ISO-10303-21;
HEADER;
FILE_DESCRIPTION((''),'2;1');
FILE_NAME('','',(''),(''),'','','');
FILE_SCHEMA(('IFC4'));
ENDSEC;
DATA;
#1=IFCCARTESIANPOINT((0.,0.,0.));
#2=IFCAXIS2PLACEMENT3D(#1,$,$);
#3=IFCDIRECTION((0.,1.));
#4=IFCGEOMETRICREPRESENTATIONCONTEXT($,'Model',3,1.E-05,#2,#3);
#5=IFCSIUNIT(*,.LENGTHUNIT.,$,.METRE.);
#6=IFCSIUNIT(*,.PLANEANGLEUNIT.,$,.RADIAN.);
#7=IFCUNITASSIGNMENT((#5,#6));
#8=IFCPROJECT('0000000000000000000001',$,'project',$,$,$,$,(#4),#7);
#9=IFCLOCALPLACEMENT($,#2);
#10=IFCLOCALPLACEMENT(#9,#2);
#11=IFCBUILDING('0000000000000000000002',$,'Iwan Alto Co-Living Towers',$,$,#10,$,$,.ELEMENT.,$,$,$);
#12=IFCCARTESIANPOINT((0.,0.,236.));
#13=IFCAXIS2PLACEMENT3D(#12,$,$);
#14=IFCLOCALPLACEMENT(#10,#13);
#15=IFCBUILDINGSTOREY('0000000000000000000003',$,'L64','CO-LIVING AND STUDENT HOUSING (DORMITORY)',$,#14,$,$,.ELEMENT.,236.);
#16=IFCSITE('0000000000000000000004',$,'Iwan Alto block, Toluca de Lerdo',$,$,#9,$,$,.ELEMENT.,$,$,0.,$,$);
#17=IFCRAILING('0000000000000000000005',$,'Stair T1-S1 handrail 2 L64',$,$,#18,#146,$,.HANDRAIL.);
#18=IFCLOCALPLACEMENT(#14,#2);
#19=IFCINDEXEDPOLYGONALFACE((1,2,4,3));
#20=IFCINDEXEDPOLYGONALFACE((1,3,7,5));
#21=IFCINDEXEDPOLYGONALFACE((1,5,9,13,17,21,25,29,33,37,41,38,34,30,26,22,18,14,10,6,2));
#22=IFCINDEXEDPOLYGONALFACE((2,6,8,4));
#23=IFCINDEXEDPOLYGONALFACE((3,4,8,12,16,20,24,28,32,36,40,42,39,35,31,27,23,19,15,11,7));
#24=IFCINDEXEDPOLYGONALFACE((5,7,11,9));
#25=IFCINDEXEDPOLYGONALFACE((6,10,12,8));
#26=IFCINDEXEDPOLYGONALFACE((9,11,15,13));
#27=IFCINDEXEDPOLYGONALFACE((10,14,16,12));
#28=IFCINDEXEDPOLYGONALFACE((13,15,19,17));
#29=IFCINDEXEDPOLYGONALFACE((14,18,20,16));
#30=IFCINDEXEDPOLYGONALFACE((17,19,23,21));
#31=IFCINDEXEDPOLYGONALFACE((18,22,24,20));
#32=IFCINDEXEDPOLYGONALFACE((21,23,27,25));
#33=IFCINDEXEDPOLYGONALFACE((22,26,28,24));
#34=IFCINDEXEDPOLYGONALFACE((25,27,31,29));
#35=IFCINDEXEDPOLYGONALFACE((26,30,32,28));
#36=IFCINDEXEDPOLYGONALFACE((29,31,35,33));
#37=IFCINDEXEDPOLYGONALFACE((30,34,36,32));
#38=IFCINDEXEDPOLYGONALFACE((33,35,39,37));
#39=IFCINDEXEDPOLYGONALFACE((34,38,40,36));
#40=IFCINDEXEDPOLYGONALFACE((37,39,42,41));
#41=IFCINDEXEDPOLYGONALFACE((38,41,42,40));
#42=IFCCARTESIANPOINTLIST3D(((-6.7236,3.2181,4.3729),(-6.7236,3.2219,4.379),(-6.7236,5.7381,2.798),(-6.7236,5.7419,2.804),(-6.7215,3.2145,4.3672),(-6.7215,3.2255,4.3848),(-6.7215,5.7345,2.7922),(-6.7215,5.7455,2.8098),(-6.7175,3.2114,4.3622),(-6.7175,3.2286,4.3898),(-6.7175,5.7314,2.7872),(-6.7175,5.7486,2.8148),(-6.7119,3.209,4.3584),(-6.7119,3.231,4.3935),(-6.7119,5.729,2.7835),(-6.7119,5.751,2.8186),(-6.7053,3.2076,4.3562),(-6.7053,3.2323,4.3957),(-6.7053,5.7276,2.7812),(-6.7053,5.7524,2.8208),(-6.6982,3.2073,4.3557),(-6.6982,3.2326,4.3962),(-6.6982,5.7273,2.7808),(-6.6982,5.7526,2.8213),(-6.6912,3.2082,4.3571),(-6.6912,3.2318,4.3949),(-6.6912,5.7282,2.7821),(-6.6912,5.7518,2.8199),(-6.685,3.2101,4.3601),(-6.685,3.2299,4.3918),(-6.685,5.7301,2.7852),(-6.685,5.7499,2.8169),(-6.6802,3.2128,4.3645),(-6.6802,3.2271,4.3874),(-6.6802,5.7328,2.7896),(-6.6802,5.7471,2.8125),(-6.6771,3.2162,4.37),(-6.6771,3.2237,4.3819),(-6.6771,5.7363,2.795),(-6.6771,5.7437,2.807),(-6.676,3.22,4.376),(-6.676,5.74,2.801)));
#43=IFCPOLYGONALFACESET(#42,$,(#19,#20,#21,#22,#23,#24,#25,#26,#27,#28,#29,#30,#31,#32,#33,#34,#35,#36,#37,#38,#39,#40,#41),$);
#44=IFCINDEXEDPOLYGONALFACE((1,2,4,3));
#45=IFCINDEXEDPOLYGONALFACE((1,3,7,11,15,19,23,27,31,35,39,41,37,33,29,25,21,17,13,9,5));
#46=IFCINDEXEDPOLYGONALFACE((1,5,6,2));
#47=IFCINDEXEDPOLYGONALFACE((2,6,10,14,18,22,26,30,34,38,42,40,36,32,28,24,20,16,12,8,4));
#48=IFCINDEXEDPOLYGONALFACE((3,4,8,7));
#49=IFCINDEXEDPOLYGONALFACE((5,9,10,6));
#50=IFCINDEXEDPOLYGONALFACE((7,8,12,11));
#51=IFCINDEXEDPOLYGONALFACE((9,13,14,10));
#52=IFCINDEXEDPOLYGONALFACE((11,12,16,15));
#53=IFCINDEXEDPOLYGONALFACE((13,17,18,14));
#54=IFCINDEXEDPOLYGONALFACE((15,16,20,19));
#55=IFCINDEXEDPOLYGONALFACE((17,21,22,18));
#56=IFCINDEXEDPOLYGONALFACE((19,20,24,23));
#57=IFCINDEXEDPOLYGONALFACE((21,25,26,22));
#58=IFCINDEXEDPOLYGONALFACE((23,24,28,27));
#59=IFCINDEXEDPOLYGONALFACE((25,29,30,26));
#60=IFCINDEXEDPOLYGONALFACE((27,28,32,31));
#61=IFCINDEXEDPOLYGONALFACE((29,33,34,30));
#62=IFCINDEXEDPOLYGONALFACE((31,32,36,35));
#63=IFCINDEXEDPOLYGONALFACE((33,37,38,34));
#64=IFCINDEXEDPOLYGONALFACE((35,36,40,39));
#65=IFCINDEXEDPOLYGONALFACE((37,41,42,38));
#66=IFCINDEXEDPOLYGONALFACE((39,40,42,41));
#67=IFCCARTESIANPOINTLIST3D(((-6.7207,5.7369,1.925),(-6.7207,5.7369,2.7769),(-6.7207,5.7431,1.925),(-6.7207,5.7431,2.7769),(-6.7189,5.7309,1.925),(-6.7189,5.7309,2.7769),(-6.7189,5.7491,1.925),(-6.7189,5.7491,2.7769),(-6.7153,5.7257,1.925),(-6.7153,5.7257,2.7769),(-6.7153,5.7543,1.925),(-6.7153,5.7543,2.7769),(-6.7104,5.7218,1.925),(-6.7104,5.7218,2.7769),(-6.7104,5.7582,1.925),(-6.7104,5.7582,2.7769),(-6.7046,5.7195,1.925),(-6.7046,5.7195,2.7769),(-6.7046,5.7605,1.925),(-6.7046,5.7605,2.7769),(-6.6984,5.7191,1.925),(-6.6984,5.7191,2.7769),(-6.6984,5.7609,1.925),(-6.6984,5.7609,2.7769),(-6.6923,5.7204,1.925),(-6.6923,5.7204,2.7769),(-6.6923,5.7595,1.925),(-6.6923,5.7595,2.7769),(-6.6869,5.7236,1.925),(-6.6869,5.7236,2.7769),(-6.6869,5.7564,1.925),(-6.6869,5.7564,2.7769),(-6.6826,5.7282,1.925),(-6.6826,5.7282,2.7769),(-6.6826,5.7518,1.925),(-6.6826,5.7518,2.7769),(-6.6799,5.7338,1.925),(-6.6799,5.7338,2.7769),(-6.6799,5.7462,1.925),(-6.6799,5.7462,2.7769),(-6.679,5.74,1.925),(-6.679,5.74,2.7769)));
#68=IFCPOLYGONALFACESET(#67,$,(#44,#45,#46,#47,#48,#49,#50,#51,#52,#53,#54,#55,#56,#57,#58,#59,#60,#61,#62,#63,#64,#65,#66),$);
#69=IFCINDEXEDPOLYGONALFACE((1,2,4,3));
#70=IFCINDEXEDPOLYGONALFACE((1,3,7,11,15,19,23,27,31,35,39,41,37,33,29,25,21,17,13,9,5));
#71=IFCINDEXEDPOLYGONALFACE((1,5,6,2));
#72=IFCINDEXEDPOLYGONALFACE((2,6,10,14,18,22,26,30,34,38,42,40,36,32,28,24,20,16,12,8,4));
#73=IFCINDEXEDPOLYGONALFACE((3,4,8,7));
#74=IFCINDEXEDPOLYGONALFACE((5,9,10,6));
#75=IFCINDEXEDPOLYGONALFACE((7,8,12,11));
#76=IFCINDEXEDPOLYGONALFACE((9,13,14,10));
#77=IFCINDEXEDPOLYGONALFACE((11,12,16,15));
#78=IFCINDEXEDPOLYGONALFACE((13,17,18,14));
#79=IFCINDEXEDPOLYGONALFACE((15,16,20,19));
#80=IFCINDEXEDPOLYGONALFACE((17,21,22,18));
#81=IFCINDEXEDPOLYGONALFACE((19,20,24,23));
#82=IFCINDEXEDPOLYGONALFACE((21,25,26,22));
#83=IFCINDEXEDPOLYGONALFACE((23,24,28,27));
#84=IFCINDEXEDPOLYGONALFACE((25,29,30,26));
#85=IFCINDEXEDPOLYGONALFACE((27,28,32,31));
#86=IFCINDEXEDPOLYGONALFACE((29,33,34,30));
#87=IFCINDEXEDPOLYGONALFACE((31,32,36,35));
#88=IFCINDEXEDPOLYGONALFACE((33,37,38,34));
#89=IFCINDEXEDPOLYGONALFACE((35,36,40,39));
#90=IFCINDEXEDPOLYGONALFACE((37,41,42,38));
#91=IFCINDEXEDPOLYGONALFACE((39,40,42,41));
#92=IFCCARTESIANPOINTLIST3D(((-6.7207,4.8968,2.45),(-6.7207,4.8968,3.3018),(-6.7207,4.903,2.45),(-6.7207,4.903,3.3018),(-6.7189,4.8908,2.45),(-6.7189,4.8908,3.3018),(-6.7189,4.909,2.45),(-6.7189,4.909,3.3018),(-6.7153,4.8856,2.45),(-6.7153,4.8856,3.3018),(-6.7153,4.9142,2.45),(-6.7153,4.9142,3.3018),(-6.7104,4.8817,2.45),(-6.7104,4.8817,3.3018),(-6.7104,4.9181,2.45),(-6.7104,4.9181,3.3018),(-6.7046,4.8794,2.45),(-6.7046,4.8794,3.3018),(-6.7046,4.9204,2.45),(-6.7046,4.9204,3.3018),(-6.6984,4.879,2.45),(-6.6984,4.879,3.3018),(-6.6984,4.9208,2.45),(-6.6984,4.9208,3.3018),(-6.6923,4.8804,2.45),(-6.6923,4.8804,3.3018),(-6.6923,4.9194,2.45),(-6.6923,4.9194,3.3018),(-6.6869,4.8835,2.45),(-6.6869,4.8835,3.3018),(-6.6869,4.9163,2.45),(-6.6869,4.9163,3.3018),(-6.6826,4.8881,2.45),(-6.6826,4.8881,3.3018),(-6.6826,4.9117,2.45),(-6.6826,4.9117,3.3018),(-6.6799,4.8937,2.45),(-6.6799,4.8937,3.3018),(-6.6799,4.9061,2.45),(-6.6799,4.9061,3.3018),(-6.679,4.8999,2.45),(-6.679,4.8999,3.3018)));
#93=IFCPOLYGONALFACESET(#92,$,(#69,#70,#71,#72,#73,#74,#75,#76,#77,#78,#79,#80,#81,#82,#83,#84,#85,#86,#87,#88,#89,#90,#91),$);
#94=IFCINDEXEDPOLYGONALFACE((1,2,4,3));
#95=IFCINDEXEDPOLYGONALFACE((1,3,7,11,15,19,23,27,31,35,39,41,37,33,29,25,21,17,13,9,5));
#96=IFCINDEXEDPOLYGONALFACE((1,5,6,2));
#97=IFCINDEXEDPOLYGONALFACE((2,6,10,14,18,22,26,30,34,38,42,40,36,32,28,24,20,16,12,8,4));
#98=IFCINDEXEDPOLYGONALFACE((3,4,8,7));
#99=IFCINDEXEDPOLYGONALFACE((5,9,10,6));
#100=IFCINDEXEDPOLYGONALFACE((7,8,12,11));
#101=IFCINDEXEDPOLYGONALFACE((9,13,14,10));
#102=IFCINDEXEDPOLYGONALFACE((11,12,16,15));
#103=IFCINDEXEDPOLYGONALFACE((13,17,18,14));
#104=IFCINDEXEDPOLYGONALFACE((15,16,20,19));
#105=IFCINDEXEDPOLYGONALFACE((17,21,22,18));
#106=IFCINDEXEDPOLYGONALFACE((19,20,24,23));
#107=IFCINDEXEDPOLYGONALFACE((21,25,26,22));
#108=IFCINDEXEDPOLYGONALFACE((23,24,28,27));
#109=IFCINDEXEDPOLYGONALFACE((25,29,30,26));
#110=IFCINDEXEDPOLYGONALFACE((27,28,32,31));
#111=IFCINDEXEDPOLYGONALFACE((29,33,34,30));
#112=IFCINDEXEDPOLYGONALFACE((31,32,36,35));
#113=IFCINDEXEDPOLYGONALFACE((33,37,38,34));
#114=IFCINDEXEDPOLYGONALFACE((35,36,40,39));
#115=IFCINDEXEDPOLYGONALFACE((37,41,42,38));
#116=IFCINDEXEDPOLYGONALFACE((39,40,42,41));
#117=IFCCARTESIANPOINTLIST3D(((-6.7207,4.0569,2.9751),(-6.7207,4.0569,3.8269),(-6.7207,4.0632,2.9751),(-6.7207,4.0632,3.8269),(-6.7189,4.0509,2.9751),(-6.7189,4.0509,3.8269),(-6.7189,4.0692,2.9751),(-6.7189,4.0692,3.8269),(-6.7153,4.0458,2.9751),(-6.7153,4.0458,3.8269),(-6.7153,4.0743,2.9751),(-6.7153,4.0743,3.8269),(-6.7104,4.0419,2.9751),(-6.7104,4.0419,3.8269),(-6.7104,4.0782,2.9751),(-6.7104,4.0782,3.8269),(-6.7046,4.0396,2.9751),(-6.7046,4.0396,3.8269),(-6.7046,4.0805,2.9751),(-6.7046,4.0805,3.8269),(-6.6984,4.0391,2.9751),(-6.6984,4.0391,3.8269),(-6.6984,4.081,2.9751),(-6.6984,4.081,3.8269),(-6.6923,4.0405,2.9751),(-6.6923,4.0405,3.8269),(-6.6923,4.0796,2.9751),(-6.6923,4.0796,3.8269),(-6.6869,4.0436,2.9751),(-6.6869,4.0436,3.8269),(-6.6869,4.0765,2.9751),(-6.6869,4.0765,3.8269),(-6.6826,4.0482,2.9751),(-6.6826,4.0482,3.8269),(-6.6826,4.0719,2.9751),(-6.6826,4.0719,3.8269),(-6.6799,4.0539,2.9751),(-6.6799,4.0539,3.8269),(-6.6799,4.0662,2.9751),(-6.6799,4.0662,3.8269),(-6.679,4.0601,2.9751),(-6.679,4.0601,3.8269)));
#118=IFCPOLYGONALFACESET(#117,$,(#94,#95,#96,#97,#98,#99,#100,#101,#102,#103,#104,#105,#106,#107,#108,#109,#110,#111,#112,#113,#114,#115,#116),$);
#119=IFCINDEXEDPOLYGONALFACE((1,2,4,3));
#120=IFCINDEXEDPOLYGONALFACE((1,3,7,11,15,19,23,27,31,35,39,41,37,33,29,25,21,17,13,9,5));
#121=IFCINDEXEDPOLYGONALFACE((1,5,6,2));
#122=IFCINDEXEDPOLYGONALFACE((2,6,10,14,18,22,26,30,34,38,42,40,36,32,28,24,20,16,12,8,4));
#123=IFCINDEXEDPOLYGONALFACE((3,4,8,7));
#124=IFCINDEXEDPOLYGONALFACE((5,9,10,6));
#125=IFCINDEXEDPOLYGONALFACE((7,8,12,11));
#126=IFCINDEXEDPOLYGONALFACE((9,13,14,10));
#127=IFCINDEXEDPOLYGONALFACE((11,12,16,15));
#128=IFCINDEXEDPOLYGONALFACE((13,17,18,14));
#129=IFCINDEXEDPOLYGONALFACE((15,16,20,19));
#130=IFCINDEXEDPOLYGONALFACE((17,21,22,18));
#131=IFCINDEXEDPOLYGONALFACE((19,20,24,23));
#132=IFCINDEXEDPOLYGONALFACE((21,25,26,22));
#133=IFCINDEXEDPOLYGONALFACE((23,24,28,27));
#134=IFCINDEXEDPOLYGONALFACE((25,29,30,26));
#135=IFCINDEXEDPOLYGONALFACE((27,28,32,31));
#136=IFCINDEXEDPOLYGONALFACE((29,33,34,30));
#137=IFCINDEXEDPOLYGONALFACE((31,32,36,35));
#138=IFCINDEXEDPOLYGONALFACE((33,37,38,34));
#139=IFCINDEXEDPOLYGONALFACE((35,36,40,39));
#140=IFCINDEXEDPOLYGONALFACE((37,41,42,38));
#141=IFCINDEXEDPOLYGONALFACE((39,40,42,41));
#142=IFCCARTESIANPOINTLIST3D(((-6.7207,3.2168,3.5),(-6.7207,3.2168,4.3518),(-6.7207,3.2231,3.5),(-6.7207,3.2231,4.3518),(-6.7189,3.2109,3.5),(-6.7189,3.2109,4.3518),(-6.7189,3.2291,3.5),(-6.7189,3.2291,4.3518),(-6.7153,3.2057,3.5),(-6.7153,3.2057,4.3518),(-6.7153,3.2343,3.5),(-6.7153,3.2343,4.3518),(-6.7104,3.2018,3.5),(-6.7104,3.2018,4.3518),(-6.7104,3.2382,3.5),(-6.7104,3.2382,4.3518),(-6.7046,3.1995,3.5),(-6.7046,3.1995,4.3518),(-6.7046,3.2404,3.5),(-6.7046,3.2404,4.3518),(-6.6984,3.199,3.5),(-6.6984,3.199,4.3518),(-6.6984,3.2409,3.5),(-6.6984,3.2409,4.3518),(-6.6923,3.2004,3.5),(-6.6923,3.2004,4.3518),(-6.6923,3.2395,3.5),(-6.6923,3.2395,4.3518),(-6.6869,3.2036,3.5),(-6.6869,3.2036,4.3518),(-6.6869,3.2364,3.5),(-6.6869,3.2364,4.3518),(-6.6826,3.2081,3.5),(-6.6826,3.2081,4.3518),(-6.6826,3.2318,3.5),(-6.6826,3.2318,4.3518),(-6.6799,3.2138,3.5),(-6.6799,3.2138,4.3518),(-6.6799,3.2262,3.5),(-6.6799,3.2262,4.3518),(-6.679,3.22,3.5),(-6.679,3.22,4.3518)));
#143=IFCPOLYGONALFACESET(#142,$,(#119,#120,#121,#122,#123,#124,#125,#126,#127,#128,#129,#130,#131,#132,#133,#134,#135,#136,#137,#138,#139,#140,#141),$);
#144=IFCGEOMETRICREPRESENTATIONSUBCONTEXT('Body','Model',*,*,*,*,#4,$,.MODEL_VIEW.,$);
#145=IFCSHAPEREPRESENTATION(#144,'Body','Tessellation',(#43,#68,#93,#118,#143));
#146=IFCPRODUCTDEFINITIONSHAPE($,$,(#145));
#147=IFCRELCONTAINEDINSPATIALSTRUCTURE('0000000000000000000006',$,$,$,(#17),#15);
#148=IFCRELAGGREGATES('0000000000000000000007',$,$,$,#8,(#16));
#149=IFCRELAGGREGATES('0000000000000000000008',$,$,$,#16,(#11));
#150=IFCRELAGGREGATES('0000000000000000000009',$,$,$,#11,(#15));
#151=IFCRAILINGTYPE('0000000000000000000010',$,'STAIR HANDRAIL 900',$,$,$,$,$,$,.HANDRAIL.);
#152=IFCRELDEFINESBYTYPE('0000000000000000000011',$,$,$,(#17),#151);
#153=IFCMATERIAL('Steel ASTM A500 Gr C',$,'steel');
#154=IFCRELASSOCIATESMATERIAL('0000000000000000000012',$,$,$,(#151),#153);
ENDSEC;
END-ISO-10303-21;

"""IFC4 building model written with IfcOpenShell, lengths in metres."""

from ifc_helpers import new_model, si_unit, direction, frame, origin, origin_2d, place, context, subcontext, project, spatial, circle, extrude, material, type_object, element, save


model = new_model("IFC4")

# Units and contexts
model_context = context("Model", 3, precision=1e-05, world=origin(), true_north=direction((0.0, 1.0)))
body_context = subcontext(model_context, "Body", "Model", "MODEL_VIEW")
ifc_project = project(units=[si_unit("LENGTHUNIT", "METRE"), si_unit("PLANEANGLEUNIT", "RADIAN")], contexts=[model_context])

# Site, building, storey
site_placement = place(None, origin())
site = spatial("IfcSite", under=ifc_project, at=site_placement, Name="Iwan Alto block, Toluca de Lerdo", CompositionType="ELEMENT", RefElevation=0.0)
building_placement = place(site_placement, origin())
building = spatial("IfcBuilding", under=site, at=building_placement, Name="Iwan Alto Co-Living Towers", CompositionType="ELEMENT")
storey_placement = place(building_placement, frame((0.0, 0.0, 236.0)))
storey = spatial("IfcBuildingStorey", under=building, at=storey_placement, Name="L64", Description="CO-LIVING AND STUDENT HOUSING (DORMITORY)", CompositionType="ELEMENT", Elevation=236.0)

# Railing
ifc_material_1 = material(Name="Steel ASTM A500 Gr C", Category="steel")
railing_type_1 = type_object("IfcRailingType", Name="STAIR HANDRAIL 900", PredefinedType="HANDRAIL", material=ifc_material_1)
railing_1_placement = place(storey_placement, frame((-6.7, 5.74, 1.925)))
element("IfcRailing", 1, at=railing_1_placement, inside=storey, type_object=railing_type_1, Name="Stair T1-S1 handrail 2 L64", PredefinedType="HANDRAIL", context=body_context, shape_type="SweptSolid", body=[
    extrude(circle(Radius=0.0239, at=origin_2d()), frame((0.0, 0.0, 0.876), z_axis=(0.0, -0.848008, 0.529984), x_axis=(1.0, 0.0, 0.0)), (0.0, 0.0, 1.0), 2.9717),
    extrude(circle(Radius=0.021, at=origin_2d()), origin(), (0.0, 0.0, 1.0), 0.8518),
    extrude(circle(Radius=0.021, at=origin_2d()), frame((0.0, -0.8401, 0.5249)), (0.0, 0.0, 1.0), 0.8518),
    extrude(circle(Radius=0.021, at=origin_2d()), frame((0.0, -1.6799, 1.05)), (0.0, 0.0, 1.0), 0.8518),
    extrude(circle(Radius=0.021, at=origin_2d()), frame((0.0, -2.52, 1.575)), (0.0, 0.0, 1.0), 0.8518),
])

save(model, "model.ifc")
